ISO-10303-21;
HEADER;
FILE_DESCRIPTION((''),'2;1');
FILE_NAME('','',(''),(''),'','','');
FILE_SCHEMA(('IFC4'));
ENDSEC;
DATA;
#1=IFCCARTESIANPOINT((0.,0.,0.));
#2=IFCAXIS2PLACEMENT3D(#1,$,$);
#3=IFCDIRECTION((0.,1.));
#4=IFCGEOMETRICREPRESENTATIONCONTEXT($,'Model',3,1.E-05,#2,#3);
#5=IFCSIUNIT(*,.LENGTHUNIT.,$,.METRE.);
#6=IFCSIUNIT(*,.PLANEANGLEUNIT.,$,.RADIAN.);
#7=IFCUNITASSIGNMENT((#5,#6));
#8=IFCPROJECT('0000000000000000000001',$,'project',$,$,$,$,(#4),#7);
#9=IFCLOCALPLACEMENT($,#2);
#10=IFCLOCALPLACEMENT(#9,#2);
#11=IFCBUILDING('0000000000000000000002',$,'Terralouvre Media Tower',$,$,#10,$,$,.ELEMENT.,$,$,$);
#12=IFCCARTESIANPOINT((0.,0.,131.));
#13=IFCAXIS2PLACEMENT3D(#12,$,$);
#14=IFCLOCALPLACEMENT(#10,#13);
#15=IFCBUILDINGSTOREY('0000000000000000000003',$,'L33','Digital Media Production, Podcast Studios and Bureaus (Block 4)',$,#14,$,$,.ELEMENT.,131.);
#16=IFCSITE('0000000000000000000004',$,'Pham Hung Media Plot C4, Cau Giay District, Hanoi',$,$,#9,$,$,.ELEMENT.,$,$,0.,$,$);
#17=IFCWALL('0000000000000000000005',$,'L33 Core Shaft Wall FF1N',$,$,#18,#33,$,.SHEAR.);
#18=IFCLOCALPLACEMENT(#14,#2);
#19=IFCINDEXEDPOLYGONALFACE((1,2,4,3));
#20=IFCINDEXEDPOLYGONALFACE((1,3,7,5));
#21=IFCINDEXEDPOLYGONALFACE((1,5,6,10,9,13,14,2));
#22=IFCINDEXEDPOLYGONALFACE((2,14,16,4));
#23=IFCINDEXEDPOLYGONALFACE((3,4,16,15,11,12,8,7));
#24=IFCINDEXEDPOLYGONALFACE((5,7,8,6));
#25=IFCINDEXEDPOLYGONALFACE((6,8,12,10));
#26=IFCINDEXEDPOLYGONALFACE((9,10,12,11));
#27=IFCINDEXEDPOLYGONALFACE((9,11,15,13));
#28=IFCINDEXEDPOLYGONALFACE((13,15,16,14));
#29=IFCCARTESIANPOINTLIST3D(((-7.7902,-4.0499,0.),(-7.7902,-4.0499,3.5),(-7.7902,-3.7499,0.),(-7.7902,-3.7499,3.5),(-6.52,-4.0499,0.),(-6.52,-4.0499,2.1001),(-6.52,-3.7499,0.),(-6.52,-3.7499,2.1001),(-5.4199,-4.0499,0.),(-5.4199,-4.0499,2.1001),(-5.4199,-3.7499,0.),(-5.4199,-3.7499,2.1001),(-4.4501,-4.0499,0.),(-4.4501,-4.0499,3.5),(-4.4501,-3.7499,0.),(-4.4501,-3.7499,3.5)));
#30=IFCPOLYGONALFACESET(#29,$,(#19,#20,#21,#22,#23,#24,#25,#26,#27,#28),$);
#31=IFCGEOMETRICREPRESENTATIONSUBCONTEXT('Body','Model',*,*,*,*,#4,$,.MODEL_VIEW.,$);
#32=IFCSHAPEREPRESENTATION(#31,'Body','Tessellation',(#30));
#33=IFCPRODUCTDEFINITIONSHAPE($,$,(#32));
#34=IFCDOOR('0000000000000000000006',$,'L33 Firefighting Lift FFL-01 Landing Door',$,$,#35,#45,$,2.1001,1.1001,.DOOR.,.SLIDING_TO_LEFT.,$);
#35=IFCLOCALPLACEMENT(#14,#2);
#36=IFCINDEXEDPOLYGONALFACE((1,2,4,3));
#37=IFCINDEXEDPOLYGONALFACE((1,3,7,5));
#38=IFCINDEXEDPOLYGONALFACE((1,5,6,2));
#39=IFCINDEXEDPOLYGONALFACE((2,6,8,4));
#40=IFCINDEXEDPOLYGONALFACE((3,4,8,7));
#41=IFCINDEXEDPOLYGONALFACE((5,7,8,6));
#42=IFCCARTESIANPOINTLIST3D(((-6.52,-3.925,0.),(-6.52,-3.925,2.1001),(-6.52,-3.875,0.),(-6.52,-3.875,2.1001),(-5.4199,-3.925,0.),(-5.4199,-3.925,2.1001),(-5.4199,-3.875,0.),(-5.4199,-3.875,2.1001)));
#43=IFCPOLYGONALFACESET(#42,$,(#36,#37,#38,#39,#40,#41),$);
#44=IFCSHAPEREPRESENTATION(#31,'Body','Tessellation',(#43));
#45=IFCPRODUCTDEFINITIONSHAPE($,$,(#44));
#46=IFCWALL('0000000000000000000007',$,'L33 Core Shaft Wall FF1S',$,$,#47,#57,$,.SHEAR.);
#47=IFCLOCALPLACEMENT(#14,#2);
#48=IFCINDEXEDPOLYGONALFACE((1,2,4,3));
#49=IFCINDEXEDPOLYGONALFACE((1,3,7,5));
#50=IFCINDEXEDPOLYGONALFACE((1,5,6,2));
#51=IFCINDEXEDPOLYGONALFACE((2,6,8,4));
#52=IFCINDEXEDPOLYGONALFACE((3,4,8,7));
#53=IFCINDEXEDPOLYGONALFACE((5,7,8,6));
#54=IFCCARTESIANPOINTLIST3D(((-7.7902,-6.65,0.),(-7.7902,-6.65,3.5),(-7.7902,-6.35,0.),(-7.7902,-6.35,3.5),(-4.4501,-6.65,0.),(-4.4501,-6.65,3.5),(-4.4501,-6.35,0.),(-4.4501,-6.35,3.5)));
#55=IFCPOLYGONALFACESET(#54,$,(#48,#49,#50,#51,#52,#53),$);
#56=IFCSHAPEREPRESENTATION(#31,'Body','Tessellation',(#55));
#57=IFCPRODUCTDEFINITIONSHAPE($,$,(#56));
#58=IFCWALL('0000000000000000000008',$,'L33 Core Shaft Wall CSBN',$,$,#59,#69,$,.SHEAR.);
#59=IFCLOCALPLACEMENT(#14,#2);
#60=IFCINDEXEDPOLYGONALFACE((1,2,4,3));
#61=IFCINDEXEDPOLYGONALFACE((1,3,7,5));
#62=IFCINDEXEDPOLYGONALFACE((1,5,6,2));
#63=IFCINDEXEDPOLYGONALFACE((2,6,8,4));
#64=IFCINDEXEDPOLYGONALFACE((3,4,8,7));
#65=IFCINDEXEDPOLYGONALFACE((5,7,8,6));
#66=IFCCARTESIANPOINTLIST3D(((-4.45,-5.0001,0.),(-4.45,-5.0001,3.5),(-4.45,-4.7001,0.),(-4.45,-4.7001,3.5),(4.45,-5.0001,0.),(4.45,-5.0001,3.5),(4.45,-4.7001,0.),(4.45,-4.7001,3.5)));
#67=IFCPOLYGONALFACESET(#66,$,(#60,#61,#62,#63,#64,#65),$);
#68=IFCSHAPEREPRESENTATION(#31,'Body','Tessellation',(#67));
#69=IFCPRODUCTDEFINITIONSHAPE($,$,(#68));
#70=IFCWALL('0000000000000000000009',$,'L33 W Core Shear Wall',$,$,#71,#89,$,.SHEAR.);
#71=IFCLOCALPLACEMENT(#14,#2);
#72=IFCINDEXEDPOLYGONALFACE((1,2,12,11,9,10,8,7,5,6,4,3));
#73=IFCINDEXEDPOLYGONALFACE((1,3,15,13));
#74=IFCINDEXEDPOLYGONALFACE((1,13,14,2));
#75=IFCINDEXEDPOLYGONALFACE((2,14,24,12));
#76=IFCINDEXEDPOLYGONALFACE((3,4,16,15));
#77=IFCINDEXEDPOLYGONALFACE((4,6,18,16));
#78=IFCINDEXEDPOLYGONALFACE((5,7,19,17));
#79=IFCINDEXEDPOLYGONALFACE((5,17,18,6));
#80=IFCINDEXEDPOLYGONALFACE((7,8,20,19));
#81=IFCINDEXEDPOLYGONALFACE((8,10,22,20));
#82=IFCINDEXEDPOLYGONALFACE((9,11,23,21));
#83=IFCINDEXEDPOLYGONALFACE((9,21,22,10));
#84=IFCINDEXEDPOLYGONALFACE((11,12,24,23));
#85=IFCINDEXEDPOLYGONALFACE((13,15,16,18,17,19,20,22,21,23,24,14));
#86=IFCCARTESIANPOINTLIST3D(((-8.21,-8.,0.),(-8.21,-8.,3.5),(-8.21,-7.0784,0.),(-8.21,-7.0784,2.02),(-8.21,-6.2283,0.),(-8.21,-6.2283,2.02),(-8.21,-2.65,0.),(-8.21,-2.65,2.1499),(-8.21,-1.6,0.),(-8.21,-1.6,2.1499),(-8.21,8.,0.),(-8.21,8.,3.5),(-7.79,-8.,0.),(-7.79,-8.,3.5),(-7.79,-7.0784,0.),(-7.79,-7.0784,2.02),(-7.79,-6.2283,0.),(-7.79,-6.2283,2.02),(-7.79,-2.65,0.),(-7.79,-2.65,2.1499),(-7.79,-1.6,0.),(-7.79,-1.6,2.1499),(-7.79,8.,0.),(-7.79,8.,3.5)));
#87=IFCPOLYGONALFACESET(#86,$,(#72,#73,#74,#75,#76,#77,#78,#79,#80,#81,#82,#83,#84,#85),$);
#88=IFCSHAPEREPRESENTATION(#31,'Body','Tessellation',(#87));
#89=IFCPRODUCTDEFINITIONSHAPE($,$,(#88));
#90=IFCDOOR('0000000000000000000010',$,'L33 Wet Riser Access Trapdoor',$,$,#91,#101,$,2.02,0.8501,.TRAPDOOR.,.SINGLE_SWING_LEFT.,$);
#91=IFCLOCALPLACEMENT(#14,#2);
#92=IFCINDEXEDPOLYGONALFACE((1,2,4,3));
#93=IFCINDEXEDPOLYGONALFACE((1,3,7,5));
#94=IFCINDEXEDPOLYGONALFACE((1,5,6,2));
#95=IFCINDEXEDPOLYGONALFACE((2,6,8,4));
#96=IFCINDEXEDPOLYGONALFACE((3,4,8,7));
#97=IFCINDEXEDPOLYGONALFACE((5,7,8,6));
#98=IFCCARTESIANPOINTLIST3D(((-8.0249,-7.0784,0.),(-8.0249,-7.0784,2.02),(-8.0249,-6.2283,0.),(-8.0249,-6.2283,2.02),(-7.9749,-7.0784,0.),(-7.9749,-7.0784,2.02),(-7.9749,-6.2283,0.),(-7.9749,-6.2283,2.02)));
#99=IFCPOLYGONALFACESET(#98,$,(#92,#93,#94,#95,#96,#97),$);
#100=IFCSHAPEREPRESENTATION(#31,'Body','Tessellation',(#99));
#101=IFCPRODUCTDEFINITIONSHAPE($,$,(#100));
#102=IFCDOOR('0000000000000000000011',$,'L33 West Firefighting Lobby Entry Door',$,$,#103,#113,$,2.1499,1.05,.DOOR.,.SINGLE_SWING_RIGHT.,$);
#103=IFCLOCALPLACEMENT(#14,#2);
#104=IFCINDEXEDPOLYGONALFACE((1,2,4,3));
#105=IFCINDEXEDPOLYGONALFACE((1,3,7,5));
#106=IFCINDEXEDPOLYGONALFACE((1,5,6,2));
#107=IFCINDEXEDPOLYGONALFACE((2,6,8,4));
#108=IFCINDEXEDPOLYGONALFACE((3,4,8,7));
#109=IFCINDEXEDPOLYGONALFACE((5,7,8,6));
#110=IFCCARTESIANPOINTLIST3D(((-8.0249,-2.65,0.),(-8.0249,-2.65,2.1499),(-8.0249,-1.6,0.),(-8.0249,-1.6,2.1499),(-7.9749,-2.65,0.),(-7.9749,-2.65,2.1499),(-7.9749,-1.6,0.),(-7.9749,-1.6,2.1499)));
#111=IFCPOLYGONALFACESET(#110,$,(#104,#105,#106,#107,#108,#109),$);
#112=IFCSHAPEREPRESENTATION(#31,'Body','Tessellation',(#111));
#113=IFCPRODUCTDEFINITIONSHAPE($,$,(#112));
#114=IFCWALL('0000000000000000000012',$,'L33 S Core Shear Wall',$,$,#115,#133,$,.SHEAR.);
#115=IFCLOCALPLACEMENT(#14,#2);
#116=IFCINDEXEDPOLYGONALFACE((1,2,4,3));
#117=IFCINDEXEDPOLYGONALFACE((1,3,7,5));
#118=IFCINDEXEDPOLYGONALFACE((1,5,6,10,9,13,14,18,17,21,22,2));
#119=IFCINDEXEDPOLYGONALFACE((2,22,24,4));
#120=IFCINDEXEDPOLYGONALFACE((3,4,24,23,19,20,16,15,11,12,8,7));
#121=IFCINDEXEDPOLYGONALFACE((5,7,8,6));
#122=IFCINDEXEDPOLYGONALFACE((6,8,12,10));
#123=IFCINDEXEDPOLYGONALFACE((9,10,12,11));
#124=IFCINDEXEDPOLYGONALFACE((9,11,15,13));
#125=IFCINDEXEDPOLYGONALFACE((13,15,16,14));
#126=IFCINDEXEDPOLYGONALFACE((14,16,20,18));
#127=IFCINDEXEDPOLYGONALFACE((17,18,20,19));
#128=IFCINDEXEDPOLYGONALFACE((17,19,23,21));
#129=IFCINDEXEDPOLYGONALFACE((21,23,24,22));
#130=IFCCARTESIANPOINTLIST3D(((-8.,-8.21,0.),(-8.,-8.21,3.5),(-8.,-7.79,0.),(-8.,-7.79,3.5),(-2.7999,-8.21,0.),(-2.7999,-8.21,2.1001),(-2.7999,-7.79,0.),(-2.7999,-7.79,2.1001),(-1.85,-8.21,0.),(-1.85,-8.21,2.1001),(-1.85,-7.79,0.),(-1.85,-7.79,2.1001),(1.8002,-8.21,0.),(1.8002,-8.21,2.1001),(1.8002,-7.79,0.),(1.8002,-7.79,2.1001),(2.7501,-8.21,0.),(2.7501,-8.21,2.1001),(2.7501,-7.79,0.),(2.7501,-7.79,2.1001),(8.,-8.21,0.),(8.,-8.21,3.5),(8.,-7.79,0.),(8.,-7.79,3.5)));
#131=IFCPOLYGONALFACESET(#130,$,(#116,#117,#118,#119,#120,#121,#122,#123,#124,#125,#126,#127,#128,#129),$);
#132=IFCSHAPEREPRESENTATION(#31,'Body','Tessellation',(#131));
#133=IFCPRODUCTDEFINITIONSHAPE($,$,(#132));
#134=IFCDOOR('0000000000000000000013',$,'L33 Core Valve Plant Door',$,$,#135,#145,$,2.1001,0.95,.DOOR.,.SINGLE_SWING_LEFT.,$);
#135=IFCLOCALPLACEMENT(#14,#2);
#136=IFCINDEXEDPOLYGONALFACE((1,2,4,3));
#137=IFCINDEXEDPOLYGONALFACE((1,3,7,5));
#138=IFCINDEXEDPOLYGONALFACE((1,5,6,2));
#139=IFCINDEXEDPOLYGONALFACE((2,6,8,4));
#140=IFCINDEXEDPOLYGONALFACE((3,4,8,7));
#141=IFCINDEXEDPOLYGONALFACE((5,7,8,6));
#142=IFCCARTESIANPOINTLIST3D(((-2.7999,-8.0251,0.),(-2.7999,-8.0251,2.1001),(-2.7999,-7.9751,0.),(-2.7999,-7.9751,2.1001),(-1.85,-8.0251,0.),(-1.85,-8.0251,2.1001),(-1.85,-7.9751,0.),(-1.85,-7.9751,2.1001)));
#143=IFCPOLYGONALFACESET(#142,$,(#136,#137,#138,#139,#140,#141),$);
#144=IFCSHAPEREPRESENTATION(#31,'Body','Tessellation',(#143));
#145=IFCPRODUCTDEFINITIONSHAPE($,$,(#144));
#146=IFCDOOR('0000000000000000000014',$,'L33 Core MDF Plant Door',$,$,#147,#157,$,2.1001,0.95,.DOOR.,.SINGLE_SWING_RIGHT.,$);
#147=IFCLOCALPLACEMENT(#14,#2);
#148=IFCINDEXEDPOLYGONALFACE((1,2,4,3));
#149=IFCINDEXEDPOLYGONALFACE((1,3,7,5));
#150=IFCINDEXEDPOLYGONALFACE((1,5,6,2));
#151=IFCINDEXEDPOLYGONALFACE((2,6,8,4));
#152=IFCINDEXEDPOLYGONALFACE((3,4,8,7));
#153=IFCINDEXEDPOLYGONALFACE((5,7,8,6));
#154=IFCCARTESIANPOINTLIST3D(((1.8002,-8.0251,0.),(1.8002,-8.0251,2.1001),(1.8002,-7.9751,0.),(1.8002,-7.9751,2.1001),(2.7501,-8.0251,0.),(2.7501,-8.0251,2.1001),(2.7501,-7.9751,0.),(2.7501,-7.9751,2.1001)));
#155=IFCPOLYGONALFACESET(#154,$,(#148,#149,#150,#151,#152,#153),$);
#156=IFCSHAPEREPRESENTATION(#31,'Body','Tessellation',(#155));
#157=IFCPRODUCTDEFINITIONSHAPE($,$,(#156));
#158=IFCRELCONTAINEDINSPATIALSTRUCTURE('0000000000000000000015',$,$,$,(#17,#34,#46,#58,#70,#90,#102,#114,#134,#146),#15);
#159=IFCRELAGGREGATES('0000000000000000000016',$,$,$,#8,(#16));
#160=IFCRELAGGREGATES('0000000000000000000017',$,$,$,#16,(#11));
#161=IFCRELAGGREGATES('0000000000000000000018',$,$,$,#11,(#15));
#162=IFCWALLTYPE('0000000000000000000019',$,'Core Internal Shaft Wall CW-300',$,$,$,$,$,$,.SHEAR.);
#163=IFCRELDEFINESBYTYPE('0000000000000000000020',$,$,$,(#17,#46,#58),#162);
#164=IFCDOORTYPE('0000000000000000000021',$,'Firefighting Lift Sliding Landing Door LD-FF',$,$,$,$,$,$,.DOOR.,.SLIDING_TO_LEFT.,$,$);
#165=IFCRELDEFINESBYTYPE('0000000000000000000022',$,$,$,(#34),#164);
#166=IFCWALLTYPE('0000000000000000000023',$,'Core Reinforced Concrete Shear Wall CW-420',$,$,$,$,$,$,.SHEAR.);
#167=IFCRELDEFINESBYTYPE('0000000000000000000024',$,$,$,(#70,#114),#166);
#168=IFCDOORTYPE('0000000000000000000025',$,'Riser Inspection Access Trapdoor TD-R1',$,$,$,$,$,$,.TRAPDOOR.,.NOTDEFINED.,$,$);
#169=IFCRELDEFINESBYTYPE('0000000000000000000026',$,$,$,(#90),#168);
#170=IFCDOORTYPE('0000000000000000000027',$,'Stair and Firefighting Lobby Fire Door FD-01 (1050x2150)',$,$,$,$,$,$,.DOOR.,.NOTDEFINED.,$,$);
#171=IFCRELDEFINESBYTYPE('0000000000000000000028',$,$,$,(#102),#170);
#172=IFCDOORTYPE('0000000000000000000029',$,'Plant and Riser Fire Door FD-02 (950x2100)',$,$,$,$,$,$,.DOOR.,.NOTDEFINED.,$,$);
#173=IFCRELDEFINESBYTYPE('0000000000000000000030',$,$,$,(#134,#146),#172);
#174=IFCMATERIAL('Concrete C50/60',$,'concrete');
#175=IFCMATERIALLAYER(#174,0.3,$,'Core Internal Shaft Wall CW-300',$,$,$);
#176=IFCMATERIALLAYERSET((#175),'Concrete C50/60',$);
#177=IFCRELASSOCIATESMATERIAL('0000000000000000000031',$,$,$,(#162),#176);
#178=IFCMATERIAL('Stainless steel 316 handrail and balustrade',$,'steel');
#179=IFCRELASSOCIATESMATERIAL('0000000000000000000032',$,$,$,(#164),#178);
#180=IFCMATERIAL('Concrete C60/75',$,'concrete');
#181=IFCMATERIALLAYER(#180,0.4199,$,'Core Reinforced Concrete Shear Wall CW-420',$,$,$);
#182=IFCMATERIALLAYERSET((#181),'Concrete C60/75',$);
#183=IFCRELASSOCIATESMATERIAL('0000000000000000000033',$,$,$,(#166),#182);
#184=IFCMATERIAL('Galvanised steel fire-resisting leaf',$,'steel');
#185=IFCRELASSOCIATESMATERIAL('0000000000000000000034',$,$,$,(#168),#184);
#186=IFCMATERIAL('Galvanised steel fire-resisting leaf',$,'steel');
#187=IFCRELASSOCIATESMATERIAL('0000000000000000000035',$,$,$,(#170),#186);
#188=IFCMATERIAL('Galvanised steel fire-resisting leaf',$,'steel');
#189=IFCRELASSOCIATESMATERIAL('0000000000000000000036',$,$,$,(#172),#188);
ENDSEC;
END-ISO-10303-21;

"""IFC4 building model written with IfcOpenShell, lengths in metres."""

from ifc_helpers import new_model, si_unit, direction, frame, frame_2d, origin, place, context, subcontext, project, spatial, rectangle, extrude, material, layer, layer_set, type_object, element, fill, save


model = new_model("IFC4")

# Units and contexts
model_context = context("Model", 3, precision=1e-05, world=origin(), true_north=direction((0.0, 1.0)))
body_context = subcontext(model_context, "Body", "Model", "MODEL_VIEW")
ifc_project = project(units=[si_unit("LENGTHUNIT", "METRE"), si_unit("PLANEANGLEUNIT", "RADIAN")], contexts=[model_context])

# Site, building, storey
site_placement = place(None, origin())
site = spatial("IfcSite", under=ifc_project, at=site_placement, Name="Pham Hung Media Plot C4, Cau Giay District, Hanoi", CompositionType="ELEMENT", RefElevation=0.0)
building_placement = place(site_placement, origin())
building = spatial("IfcBuilding", under=site, at=building_placement, Name="Terralouvre Media Tower", CompositionType="ELEMENT")
storey_placement = place(building_placement, frame((0.0, 0.0, 131.0)))
storey = spatial("IfcBuildingStorey", under=building, at=storey_placement, Name="L33", Description="Digital Media Production, Podcast Studios and Bureaus (Block 4)", CompositionType="ELEMENT", Elevation=131.0)

# Shared definitions
ifc_material_1 = material(Name="Concrete C50/60", Category="concrete")
ifc_layer_1 = layer(ifc_material_1, 0.3, Name="Core Internal Shaft Wall CW-300")
ifc_layer_set_1 = layer_set([ifc_layer_1], Name="Concrete C50/60")
wall_type_1 = type_object("IfcWallType", Name="Core Internal Shaft Wall CW-300", PredefinedType="SHEAR", material=ifc_layer_set_1)

# Wall, opening, door
wall_1_placement = place(storey_placement, frame((-7.79, -3.8999, 0.0), z_axis=(0.0, 0.0, 1.0), x_axis=(1.0, 0.0, 0.0)))
wall_1 = element("IfcWall", 1, at=wall_1_placement, inside=storey, type_object=wall_type_1, Name="L33 Core Shaft Wall FF1N", PredefinedType="SHEAR", context=body_context, shape_type="SweptSolid", body=[
    extrude(rectangle(XDim=3.3401, YDim=0.3, at=frame_2d((1.6699, 0.0))), origin(), (0.0, 0.0, 1.0), 3.5),
])
opening_1_placement = place(wall_1_placement, frame((1.27, 0.0, 0.0)))
opening_1 = element("IfcOpeningElement", 2, at=opening_1_placement, cuts=wall_1, PredefinedType="OPENING", context=body_context, shape_type="SweptSolid", body=[
    extrude(rectangle(XDim=1.1001, YDim=2.1001, at=frame_2d((0.55, 1.05))), frame((0.0, 0.1599, 0.0), z_axis=(0.0, -1.0, 0.0), x_axis=(1.0, 0.0, 0.0)), (0.0, 0.0, 1.0), 0.3201),
])
ifc_material_2 = material(Name="Stainless steel 316 handrail and balustrade", Category="steel")
door_type_1 = type_object("IfcDoorType", Name="Firefighting Lift Sliding Landing Door LD-FF", OperationType="SLIDING_TO_LEFT", PredefinedType="DOOR", material=ifc_material_2)
door_1_placement = place(opening_1_placement, origin())
door_1 = element("IfcDoor", 3, at=door_1_placement, inside=storey, type_object=door_type_1, Name="L33 Firefighting Lift FFL-01 Landing Door", OperationType="SLIDING_TO_LEFT", OverallHeight=2.1001, OverallWidth=1.1001, PredefinedType="DOOR", context=body_context, shape_type="SweptSolid", body=[
    extrude(rectangle(XDim=1.1001, YDim=2.1001, at=frame_2d((0.55, 1.05))), frame((0.0, 0.0249, 0.0), z_axis=(0.0, -1.0, 0.0), x_axis=(1.0, 0.0, 0.0)), (0.0, 0.0, 1.0), 0.05),
])
fill(opening_1, door_1)

# Walls
wall_2_placement = place(storey_placement, frame((-7.79, -6.5, 0.0), z_axis=(0.0, 0.0, 1.0), x_axis=(1.0, 0.0, 0.0)))
element("IfcWall", 4, at=wall_2_placement, inside=storey, type_object=wall_type_1, Name="L33 Core Shaft Wall FF1S", PredefinedType="SHEAR", context=body_context, shape_type="SweptSolid", body=[
    extrude(rectangle(XDim=3.3401, YDim=0.3, at=frame_2d((1.6699, 0.0))), origin(), (0.0, 0.0, 1.0), 3.5),
])
wall_3_placement = place(storey_placement, frame((-4.45, -4.8501, 0.0), z_axis=(0.0, 0.0, 1.0), x_axis=(1.0, 0.0, 0.0)))
element("IfcWall", 5, at=wall_3_placement, inside=storey, type_object=wall_type_1, Name="L33 Core Shaft Wall CSBN", PredefinedType="SHEAR", context=body_context, shape_type="SweptSolid", body=[
    extrude(rectangle(XDim=8.8999, YDim=0.3, at=frame_2d((4.45, 0.0))), origin(), (0.0, 0.0, 1.0), 3.5),
])

# Walls, openings, doors
ifc_material_3 = material(Name="Concrete C60/75", Category="concrete")
ifc_layer_2 = layer(ifc_material_3, 0.4199, Name="Core Reinforced Concrete Shear Wall CW-420")
ifc_layer_set_2 = layer_set([ifc_layer_2], Name="Concrete C60/75")
wall_type_2 = type_object("IfcWallType", Name="Core Reinforced Concrete Shear Wall CW-420", PredefinedType="SHEAR", material=ifc_layer_set_2)
wall_4_placement = place(storey_placement, frame((-8.0, -8.0, 0.0), z_axis=(0.0, 0.0, 1.0), x_axis=(0.0, 1.0, 0.0)))
wall_4 = element("IfcWall", 6, at=wall_4_placement, inside=storey, type_object=wall_type_2, Name="L33 W Core Shear Wall", PredefinedType="SHEAR", context=body_context, shape_type="SweptSolid", body=[
    extrude(rectangle(XDim=16.0, YDim=0.4199, at=frame_2d((8.0, 0.0))), origin(), (0.0, 0.0, 1.0), 3.5),
])
opening_2_placement = place(wall_4_placement, frame((0.9216, 0.0, 0.0)))
opening_2 = element("IfcOpeningElement", 7, at=opening_2_placement, cuts=wall_4, PredefinedType="OPENING", context=body_context, shape_type="SweptSolid", body=[
    extrude(rectangle(XDim=0.8501, YDim=2.02, at=frame_2d((0.425, 1.01))), frame((0.0, 0.22, 0.0), z_axis=(0.0, -1.0, 0.0), x_axis=(1.0, 0.0, 0.0)), (0.0, 0.0, 1.0), 0.4399),
])
opening_3_placement = place(wall_4_placement, frame((5.3501, 0.0, 0.0)))
opening_3 = element("IfcOpeningElement", 8, at=opening_3_placement, cuts=wall_4, PredefinedType="OPENING", context=body_context, shape_type="SweptSolid", body=[
    extrude(rectangle(XDim=1.05, YDim=2.1499, at=frame_2d((0.5249, 1.075))), frame((0.0, 0.22, 0.0), z_axis=(0.0, -1.0, 0.0), x_axis=(1.0, 0.0, 0.0)), (0.0, 0.0, 1.0), 0.4399),
])
ifc_material_4 = material(Name="Galvanised steel fire-resisting leaf", Category="steel")
door_type_2 = type_object("IfcDoorType", Name="Riser Inspection Access Trapdoor TD-R1", OperationType="NOTDEFINED", PredefinedType="TRAPDOOR", material=ifc_material_4)
door_2_placement = place(opening_2_placement, origin())
door_2 = element("IfcDoor", 9, at=door_2_placement, inside=storey, type_object=door_type_2, Name="L33 Wet Riser Access Trapdoor", OperationType="SINGLE_SWING_LEFT", OverallHeight=2.02, OverallWidth=0.8501, PredefinedType="TRAPDOOR", context=body_context, shape_type="SweptSolid", body=[
    extrude(rectangle(XDim=0.8501, YDim=2.02, at=frame_2d((0.425, 1.01))), frame((0.0, 0.0249, 0.0), z_axis=(0.0, -1.0, 0.0), x_axis=(1.0, 0.0, 0.0)), (0.0, 0.0, 1.0), 0.05),
])
fill(opening_2, door_2)
ifc_material_5 = material(Name="Galvanised steel fire-resisting leaf", Category="steel")
door_type_3 = type_object("IfcDoorType", Name="Stair and Firefighting Lobby Fire Door FD-01 (1050x2150)", OperationType="NOTDEFINED", PredefinedType="DOOR", material=ifc_material_5)
door_3_placement = place(opening_3_placement, origin())
door_3 = element("IfcDoor", 10, at=door_3_placement, inside=storey, type_object=door_type_3, Name="L33 West Firefighting Lobby Entry Door", OperationType="SINGLE_SWING_RIGHT", OverallHeight=2.1499, OverallWidth=1.05, PredefinedType="DOOR", context=body_context, shape_type="SweptSolid", body=[
    extrude(rectangle(XDim=1.05, YDim=2.1499, at=frame_2d((0.5249, 1.075))), frame((0.0, 0.0249, 0.0), z_axis=(0.0, -1.0, 0.0), x_axis=(1.0, 0.0, 0.0)), (0.0, 0.0, 1.0), 0.05),
])
fill(opening_3, door_3)
wall_5_placement = place(storey_placement, frame((-8.0, -8.0, 0.0), z_axis=(0.0, 0.0, 1.0), x_axis=(1.0, 0.0, 0.0)))
wall_5 = element("IfcWall", 11, at=wall_5_placement, inside=storey, type_object=wall_type_2, Name="L33 S Core Shear Wall", PredefinedType="SHEAR", context=body_context, shape_type="SweptSolid", body=[
    extrude(rectangle(XDim=16.0, YDim=0.4199, at=frame_2d((8.0, 0.0))), origin(), (0.0, 0.0, 1.0), 3.5),
])
opening_4_placement = place(wall_5_placement, frame((5.2, 0.0, 0.0)))
opening_4 = element("IfcOpeningElement", 12, at=opening_4_placement, cuts=wall_5, PredefinedType="OPENING", context=body_context, shape_type="SweptSolid", body=[
    extrude(rectangle(XDim=0.95, YDim=2.1001, at=frame_2d((0.4751, 1.05))), frame((0.0, 0.22, 0.0), z_axis=(0.0, -1.0, 0.0), x_axis=(1.0, 0.0, 0.0)), (0.0, 0.0, 1.0), 0.4399),
])
opening_5_placement = place(wall_5_placement, frame((9.8, 0.0, 0.0)))
opening_5 = element("IfcOpeningElement", 13, at=opening_5_placement, cuts=wall_5, PredefinedType="OPENING", context=body_context, shape_type="SweptSolid", body=[
    extrude(rectangle(XDim=0.95, YDim=2.1001, at=frame_2d((0.4751, 1.05))), frame((0.0, 0.22, 0.0), z_axis=(0.0, -1.0, 0.0), x_axis=(1.0, 0.0, 0.0)), (0.0, 0.0, 1.0), 0.4399),
])
ifc_material_6 = material(Name="Galvanised steel fire-resisting leaf", Category="steel")
door_type_4 = type_object("IfcDoorType", Name="Plant and Riser Fire Door FD-02 (950x2100)", OperationType="NOTDEFINED", PredefinedType="DOOR", material=ifc_material_6)
door_4_placement = place(opening_4_placement, origin())
door_4 = element("IfcDoor", 14, at=door_4_placement, inside=storey, type_object=door_type_4, Name="L33 Core Valve Plant Door", OperationType="SINGLE_SWING_LEFT", OverallHeight=2.1001, OverallWidth=0.95, PredefinedType="DOOR", context=body_context, shape_type="SweptSolid", body=[
    extrude(rectangle(XDim=0.95, YDim=2.1001, at=frame_2d((0.4751, 1.05))), frame((0.0, 0.0249, 0.0), z_axis=(0.0, -1.0, 0.0), x_axis=(1.0, 0.0, 0.0)), (0.0, 0.0, 1.0), 0.05),
])
fill(opening_4, door_4)
door_5_placement = place(opening_5_placement, origin())
door_5 = element("IfcDoor", 15, at=door_5_placement, inside=storey, type_object=door_type_4, Name="L33 Core MDF Plant Door", OperationType="SINGLE_SWING_RIGHT", OverallHeight=2.1001, OverallWidth=0.95, PredefinedType="DOOR", context=body_context, shape_type="SweptSolid", body=[
    extrude(rectangle(XDim=0.95, YDim=2.1001, at=frame_2d((0.4751, 1.05))), frame((0.0, 0.0249, 0.0), z_axis=(0.0, -1.0, 0.0), x_axis=(1.0, 0.0, 0.0)), (0.0, 0.0, 1.0), 0.05),
])
fill(opening_5, door_5)

save(model, "model.ifc")
